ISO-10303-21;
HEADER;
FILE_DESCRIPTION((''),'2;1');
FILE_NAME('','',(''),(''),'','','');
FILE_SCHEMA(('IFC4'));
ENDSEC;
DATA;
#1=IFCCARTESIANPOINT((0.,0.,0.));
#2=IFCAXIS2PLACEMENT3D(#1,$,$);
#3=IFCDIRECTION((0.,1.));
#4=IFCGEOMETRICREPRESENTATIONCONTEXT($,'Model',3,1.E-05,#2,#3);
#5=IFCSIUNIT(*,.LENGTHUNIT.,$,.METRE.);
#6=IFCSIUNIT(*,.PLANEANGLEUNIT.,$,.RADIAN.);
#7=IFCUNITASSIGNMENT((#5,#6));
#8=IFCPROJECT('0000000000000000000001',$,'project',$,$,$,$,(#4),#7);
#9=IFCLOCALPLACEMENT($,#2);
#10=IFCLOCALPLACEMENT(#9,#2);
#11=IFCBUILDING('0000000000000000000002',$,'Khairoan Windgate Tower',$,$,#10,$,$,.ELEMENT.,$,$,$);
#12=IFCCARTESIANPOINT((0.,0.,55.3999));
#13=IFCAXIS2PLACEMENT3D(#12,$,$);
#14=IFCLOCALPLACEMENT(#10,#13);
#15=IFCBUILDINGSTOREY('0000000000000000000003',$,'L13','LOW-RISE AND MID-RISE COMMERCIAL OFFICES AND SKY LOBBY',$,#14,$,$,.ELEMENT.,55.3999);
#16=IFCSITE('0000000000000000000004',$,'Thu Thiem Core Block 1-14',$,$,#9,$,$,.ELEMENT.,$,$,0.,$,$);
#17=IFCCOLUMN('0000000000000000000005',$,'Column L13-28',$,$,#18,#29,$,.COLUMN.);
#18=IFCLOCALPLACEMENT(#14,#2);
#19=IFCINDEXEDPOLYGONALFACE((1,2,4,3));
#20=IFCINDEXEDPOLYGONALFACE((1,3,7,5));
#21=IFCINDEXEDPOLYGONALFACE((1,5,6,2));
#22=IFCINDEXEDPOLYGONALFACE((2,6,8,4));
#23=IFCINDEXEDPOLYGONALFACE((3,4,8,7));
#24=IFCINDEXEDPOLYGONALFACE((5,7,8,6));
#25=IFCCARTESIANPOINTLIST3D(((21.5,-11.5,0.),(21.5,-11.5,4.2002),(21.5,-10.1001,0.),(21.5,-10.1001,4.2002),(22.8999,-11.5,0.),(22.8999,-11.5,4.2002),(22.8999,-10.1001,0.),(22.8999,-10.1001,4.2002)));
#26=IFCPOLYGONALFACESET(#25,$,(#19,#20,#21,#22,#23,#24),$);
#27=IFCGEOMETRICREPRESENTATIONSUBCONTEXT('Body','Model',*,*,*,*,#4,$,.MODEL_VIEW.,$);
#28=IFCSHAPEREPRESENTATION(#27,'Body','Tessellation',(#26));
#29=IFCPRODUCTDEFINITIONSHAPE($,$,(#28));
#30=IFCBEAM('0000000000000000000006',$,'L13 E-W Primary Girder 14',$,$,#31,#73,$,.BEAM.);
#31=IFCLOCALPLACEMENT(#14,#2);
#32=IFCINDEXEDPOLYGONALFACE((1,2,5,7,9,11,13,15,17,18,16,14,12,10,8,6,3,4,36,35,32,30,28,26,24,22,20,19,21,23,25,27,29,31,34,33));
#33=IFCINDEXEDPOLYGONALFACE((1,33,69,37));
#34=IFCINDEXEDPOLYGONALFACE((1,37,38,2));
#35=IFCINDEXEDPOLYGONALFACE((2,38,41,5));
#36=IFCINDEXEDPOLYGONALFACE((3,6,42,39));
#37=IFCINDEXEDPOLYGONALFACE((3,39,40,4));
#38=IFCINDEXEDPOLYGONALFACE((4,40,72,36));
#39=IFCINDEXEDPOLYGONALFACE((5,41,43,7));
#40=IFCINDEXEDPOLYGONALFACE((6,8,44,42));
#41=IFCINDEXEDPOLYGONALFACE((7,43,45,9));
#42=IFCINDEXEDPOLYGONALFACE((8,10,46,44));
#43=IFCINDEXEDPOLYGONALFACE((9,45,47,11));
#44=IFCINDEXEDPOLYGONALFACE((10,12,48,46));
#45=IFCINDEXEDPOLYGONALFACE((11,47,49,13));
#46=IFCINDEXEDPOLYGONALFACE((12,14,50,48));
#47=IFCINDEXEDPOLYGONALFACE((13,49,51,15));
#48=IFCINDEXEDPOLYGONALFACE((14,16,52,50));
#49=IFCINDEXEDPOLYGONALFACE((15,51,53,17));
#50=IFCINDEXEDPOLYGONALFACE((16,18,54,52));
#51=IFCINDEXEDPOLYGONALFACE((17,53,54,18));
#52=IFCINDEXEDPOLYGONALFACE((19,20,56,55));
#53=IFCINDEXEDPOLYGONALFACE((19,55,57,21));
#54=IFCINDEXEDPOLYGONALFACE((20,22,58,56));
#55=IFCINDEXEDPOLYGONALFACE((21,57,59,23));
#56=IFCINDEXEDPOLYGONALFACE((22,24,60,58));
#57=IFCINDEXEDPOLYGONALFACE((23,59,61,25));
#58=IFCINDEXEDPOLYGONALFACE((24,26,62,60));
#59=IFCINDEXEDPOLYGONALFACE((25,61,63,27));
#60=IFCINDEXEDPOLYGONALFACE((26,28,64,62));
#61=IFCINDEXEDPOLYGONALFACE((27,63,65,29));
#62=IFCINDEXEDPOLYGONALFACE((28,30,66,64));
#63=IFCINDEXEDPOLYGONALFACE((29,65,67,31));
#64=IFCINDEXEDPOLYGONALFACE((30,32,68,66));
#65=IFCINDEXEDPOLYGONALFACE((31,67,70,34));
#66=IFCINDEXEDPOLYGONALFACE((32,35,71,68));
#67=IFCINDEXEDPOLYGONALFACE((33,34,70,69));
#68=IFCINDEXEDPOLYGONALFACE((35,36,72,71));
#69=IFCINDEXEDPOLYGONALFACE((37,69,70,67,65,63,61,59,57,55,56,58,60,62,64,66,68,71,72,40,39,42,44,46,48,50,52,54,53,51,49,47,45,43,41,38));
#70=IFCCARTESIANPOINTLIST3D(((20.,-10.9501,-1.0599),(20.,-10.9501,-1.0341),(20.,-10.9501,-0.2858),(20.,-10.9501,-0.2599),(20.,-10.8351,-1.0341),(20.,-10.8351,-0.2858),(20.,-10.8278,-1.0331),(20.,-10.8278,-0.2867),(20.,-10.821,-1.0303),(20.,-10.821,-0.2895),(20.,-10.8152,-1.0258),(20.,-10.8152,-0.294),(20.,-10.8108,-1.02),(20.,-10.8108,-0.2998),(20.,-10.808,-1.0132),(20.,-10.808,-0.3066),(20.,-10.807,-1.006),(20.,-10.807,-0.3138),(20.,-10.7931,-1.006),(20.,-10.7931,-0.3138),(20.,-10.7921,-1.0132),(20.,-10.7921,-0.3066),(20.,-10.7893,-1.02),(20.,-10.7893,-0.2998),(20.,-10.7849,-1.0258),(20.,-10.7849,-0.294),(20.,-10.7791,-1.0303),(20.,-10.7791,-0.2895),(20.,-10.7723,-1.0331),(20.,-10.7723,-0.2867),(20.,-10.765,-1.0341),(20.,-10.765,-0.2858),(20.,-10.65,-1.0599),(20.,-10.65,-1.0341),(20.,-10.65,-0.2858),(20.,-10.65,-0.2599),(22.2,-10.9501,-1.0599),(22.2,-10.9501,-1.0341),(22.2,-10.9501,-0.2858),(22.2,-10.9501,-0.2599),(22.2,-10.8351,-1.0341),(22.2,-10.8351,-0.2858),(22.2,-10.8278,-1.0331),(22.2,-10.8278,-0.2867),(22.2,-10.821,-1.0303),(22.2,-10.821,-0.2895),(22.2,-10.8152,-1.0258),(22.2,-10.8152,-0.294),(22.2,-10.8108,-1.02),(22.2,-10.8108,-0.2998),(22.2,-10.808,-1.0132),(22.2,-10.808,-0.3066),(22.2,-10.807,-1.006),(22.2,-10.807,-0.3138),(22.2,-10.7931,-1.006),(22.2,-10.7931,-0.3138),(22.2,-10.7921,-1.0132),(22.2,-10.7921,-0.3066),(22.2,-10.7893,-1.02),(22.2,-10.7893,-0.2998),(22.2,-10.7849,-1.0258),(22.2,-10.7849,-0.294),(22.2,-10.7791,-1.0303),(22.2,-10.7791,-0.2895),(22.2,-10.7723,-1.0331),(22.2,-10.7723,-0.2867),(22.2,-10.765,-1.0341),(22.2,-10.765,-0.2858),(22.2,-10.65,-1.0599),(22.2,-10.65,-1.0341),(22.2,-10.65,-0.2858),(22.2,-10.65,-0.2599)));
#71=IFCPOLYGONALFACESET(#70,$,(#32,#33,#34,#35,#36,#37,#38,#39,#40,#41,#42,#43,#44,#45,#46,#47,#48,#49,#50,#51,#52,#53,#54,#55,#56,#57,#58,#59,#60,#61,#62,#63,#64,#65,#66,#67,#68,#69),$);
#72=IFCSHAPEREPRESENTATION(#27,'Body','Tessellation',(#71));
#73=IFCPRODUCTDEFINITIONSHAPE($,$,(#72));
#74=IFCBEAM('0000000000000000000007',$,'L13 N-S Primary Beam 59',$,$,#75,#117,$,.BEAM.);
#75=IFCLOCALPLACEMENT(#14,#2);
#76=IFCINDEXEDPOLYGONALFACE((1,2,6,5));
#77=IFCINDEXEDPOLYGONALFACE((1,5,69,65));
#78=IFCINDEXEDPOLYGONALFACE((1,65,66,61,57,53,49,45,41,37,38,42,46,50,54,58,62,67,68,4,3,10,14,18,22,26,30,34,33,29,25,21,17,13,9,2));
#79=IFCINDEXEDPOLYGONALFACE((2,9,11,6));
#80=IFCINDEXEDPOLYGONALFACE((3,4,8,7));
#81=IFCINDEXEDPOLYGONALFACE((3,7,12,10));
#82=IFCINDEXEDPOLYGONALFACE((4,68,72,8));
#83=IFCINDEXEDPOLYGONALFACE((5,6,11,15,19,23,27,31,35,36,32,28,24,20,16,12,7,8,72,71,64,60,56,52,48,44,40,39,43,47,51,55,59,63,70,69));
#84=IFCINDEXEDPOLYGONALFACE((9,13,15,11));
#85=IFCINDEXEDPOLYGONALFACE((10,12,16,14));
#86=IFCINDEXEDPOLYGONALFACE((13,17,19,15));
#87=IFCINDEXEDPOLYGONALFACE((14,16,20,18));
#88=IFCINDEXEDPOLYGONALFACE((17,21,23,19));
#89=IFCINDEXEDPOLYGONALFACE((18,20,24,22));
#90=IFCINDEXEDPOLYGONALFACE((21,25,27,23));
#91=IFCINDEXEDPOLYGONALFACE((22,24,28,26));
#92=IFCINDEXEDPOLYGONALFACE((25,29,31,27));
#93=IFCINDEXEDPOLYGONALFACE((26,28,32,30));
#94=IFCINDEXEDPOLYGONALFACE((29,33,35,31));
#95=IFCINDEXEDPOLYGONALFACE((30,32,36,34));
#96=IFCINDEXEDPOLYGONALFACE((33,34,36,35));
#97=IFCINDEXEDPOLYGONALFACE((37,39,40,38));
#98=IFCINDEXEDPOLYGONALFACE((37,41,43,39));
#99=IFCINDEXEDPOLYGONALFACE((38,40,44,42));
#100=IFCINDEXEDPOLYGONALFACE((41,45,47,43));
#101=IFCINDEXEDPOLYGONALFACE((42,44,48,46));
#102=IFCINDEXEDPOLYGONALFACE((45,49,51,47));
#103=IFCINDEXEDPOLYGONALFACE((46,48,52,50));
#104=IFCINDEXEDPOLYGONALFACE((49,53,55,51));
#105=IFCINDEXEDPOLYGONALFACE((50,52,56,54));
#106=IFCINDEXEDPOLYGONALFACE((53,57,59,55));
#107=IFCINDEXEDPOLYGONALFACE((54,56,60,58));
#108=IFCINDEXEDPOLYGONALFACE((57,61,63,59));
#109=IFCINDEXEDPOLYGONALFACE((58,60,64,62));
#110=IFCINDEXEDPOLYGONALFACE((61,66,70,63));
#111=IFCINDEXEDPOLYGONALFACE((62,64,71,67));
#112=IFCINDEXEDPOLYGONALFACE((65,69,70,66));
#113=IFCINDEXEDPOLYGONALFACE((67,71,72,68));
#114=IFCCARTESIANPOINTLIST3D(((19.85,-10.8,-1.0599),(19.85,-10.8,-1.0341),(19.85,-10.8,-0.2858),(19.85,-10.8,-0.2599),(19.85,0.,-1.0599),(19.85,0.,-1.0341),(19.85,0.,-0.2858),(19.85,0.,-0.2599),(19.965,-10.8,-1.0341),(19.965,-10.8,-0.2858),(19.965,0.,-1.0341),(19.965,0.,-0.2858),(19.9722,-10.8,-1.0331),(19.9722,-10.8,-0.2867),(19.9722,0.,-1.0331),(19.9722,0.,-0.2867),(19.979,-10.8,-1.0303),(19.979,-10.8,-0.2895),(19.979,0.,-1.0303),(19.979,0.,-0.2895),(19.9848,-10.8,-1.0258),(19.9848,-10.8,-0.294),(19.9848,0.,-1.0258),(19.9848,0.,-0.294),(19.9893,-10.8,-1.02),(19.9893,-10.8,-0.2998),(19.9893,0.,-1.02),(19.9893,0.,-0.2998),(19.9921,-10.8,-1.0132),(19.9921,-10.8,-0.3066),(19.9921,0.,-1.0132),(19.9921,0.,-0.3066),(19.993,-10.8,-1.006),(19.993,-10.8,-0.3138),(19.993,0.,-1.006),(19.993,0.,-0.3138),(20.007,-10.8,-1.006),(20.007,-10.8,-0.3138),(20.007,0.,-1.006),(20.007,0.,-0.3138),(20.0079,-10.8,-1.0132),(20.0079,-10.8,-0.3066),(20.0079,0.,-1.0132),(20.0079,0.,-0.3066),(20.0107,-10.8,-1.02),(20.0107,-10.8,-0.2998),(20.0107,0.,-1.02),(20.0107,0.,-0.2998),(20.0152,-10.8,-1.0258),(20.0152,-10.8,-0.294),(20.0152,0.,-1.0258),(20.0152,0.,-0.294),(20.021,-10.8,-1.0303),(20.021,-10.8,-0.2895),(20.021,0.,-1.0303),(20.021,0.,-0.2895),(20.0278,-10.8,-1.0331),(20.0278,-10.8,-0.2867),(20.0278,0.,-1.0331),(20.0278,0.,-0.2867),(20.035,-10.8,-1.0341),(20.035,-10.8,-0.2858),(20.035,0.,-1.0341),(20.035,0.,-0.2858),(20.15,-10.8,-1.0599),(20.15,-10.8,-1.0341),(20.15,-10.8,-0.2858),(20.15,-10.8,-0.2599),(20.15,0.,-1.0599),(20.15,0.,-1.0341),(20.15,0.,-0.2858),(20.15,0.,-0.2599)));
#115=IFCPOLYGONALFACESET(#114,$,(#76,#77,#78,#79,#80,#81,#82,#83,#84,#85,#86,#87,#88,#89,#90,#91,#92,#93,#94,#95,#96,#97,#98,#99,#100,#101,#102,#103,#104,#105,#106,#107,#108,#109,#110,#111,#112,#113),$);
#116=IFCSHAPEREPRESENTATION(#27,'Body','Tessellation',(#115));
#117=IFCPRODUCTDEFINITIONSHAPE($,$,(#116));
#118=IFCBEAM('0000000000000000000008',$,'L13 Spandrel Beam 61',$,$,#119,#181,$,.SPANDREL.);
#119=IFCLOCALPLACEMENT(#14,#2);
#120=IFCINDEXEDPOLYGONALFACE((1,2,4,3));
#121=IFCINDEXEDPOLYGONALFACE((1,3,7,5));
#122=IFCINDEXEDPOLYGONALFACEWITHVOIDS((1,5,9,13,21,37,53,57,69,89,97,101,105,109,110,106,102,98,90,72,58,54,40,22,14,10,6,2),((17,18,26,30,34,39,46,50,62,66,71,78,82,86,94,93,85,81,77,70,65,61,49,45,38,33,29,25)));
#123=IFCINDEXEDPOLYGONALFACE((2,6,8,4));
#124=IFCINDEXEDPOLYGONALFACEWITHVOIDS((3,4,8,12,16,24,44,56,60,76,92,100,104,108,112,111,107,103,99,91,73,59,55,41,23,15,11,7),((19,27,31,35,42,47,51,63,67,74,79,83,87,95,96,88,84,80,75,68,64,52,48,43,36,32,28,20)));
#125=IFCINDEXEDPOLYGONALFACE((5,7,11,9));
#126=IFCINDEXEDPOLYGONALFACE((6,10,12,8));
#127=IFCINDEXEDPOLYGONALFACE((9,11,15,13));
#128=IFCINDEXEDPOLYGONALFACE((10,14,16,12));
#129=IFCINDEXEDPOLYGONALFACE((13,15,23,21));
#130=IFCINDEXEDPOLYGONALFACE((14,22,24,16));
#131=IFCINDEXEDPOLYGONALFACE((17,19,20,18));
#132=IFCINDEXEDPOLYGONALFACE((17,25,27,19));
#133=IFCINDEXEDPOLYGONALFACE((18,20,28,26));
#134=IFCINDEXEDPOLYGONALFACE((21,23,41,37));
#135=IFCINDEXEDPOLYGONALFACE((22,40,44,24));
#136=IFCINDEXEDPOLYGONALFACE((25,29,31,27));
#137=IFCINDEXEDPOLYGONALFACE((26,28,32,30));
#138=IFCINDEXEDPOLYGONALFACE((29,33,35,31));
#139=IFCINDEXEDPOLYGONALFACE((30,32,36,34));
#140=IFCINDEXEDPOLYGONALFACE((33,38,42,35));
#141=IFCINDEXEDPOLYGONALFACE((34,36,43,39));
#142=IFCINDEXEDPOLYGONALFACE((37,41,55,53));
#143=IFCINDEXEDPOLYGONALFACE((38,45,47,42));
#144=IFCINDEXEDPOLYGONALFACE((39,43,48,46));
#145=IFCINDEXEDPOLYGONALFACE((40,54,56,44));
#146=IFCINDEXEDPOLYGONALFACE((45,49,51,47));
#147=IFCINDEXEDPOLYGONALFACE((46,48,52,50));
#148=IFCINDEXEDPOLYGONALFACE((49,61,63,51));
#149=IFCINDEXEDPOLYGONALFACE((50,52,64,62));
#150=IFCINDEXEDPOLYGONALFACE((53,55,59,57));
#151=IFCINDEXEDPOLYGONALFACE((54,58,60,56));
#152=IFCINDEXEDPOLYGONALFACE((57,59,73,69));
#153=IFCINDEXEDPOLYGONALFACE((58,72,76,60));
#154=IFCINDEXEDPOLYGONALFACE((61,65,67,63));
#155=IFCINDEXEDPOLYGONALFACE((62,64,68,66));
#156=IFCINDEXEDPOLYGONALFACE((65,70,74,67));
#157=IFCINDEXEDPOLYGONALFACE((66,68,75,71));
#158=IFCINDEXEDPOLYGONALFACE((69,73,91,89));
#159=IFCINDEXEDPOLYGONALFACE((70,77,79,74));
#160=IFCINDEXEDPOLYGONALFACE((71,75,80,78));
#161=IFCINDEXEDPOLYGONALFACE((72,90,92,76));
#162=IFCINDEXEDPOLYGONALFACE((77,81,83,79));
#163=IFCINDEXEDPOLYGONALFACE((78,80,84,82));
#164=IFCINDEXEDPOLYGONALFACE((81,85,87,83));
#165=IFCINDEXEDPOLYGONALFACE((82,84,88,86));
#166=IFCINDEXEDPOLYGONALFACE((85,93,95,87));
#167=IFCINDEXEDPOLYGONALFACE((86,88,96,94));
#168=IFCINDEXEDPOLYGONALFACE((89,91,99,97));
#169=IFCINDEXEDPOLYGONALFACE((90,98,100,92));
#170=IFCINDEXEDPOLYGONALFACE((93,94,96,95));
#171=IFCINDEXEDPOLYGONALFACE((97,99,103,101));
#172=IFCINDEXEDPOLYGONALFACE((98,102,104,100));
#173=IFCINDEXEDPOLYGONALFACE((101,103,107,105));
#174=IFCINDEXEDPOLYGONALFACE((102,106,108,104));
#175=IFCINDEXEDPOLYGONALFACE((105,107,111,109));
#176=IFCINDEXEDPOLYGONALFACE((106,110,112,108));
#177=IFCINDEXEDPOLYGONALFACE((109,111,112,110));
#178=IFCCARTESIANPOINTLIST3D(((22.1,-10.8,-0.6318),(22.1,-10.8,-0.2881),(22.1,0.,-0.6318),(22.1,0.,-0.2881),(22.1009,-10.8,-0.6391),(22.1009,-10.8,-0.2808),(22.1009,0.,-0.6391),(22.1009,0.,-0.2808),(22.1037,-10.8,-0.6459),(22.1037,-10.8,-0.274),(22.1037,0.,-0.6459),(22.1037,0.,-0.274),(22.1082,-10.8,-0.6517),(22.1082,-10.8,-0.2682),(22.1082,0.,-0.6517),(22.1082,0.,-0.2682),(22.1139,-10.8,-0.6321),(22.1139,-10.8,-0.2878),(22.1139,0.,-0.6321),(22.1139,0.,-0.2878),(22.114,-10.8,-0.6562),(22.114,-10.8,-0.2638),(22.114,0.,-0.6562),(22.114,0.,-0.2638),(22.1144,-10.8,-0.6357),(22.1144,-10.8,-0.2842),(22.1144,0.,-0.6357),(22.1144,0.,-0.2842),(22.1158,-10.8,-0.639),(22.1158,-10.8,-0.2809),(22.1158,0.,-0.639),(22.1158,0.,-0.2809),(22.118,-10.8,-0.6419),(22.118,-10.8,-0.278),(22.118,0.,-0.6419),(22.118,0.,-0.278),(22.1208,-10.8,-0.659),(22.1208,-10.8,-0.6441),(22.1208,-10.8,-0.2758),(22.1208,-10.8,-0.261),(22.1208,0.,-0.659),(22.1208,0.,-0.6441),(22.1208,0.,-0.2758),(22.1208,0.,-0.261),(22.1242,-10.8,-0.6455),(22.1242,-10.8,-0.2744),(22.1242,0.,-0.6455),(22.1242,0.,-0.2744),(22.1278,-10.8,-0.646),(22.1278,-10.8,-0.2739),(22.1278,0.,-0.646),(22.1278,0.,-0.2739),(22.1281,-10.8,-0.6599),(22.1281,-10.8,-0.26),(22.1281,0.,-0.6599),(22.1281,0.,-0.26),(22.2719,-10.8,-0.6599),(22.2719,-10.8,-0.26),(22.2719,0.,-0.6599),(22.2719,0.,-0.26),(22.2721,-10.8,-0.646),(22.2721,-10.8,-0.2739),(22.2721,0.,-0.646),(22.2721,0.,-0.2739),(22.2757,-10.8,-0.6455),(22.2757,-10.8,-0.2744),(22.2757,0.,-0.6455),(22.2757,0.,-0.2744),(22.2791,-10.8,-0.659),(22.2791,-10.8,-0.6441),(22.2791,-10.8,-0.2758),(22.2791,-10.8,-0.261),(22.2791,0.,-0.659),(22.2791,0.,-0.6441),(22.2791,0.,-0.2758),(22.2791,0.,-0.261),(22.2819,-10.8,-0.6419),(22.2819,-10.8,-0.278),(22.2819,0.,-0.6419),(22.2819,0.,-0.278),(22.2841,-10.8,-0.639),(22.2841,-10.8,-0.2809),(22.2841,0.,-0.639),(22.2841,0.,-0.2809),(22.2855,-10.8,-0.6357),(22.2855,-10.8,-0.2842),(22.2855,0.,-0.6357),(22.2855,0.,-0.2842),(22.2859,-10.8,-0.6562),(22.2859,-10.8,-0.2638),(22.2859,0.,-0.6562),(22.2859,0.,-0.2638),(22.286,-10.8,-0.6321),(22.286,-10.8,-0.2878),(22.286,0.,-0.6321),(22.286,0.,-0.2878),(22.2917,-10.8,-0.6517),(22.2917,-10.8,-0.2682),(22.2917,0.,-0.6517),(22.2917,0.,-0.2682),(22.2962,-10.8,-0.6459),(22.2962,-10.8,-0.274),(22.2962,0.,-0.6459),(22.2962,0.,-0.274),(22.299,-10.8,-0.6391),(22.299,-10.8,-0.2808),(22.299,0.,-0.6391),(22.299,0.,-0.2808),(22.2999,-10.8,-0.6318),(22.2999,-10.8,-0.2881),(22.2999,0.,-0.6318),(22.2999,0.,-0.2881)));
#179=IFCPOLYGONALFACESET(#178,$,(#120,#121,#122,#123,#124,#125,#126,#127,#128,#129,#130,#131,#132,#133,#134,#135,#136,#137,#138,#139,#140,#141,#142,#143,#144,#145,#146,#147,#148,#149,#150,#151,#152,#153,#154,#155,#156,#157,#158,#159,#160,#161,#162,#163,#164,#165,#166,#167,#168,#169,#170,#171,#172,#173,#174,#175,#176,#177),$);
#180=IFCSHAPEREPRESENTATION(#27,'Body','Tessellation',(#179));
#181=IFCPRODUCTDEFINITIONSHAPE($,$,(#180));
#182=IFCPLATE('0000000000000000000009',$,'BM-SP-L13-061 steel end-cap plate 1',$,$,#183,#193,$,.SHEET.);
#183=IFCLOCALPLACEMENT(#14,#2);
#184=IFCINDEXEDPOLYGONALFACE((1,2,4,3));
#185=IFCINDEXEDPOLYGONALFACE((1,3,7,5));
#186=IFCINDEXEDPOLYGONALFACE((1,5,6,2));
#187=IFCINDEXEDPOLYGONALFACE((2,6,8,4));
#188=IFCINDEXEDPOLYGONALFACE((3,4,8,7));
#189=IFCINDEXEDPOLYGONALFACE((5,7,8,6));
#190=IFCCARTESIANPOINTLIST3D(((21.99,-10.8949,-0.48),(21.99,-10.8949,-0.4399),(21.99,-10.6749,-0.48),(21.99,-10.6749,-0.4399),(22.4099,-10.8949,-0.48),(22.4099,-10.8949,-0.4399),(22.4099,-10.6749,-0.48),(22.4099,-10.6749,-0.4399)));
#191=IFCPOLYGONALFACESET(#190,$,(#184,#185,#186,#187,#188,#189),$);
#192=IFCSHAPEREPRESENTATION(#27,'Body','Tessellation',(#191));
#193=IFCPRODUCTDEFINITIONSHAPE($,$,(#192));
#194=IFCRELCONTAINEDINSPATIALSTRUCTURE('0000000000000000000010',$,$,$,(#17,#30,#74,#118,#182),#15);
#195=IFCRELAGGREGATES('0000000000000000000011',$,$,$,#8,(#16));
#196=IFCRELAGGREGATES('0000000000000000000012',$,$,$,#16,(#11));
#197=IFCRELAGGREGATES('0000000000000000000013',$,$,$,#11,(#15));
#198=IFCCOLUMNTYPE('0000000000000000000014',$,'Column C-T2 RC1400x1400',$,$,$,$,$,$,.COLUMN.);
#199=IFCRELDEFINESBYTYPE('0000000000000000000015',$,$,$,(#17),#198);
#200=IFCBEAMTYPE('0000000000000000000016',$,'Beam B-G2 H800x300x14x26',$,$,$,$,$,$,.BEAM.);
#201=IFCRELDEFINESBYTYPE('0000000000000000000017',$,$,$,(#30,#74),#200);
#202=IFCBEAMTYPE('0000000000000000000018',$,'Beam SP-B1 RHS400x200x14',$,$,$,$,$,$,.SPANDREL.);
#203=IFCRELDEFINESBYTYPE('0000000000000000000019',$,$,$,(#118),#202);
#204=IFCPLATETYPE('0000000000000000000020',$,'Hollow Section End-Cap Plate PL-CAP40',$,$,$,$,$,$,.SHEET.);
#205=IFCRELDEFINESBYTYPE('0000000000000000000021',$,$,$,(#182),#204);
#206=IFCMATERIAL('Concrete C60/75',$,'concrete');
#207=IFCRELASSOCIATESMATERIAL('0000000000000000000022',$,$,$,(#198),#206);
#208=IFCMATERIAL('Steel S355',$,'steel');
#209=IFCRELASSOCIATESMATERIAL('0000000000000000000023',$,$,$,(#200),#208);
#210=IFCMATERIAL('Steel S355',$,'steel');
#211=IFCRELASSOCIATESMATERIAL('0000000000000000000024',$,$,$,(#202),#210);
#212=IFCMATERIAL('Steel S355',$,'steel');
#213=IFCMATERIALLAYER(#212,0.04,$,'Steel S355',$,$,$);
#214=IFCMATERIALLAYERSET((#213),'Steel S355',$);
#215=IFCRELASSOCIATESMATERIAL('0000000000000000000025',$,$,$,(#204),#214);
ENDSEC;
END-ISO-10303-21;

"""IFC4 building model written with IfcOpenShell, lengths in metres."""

from ifc_helpers import new_model, si_unit, direction, frame, origin, origin_2d, place, context, subcontext, project, spatial, rectangle, hollow_rectangle, i_section, extrude, material, layer, layer_set, material_profile, profile_set, type_object, element, save


model = new_model("IFC4")

# Units and contexts
model_context = context("Model", 3, precision=1e-05, world=origin(), true_north=direction((0.0, 1.0)))
body_context = subcontext(model_context, "Body", "Model", "MODEL_VIEW")
ifc_project = project(units=[si_unit("LENGTHUNIT", "METRE"), si_unit("PLANEANGLEUNIT", "RADIAN")], contexts=[model_context])

# Site, building, storey
site_placement = place(None, origin())
site = spatial("IfcSite", under=ifc_project, at=site_placement, Name="Thu Thiem Core Block 1-14", CompositionType="ELEMENT", RefElevation=0.0)
building_placement = place(site_placement, origin())
building = spatial("IfcBuilding", under=site, at=building_placement, Name="Khairoan Windgate Tower", CompositionType="ELEMENT")
storey_placement = place(building_placement, frame((0.0, 0.0, 55.3999)))
storey = spatial("IfcBuildingStorey", under=building, at=storey_placement, Name="L13", Description="LOW-RISE AND MID-RISE COMMERCIAL OFFICES AND SKY LOBBY", CompositionType="ELEMENT", Elevation=55.3999)

# Column
ifc_material_1 = material(Name="Concrete C60/75", Category="concrete")
ifc_material_profile_1 = material_profile(ifc_material_1, rectangle(XDim=1.3999, YDim=1.3999, at=origin_2d()))
ifc_profile_set_1 = profile_set([ifc_material_profile_1], Name="Concrete C60/75")
column_type = type_object("IfcColumnType", Name="Column C-T2 RC1400x1400", PredefinedType="COLUMN", material=ifc_profile_set_1)
column_placement = place(storey_placement, frame((22.2, -10.8, 0.0), z_axis=(0.0, 0.0, 1.0), x_axis=(1.0, 0.0, 0.0)))
element("IfcColumn", 1, at=column_placement, inside=storey, type_object=column_type, Name="Column L13-28", PredefinedType="COLUMN", context=body_context, shape_type="SweptSolid", body=[
    extrude(rectangle(XDim=1.3999, YDim=1.3999, at=origin_2d()), origin(), (0.0, 0.0, 1.0), 4.2002),
])

# Beams
ifc_material_2 = material(Name="Steel S355", Category="steel")
ifc_material_profile_2 = material_profile(ifc_material_2, i_section(OverallWidth=0.3, OverallDepth=0.8, WebThickness=0.0139, FlangeThickness=0.0259, FilletRadius=0.0281, at=origin_2d()))
ifc_profile_set_2 = profile_set([ifc_material_profile_2], Name="Steel S355")
beam_type_1 = type_object("IfcBeamType", Name="Beam B-G2 H800x300x14x26", PredefinedType="BEAM", material=ifc_profile_set_2)
beam_1_placement = place(storey_placement, frame((20.0, -10.8, -0.6599), z_axis=(1.0, 0.0, 0.0), x_axis=(0.0, 1.0, 0.0)))
element("IfcBeam", 2, at=beam_1_placement, inside=storey, type_object=beam_type_1, Name="L13 E-W Primary Girder 14", PredefinedType="BEAM", context=body_context, shape_type="SweptSolid", body=[
    extrude(i_section(OverallWidth=0.3, OverallDepth=0.8, WebThickness=0.0139, FlangeThickness=0.0259, FilletRadius=0.0281, at=origin_2d()), origin(), (0.0, 0.0, 1.0), 2.2),
])
beam_2_placement = place(storey_placement, frame((20.0, -10.8, -0.6599), z_axis=(0.0, 1.0, 0.0), x_axis=(-1.0, 0.0, 0.0)))
element("IfcBeam", 3, at=beam_2_placement, inside=storey, type_object=beam_type_1, Name="L13 N-S Primary Beam 59", PredefinedType="BEAM", context=body_context, shape_type="SweptSolid", body=[
    extrude(i_section(OverallWidth=0.3, OverallDepth=0.8, WebThickness=0.0139, FlangeThickness=0.0259, FilletRadius=0.0281, at=origin_2d()), origin(), (0.0, 0.0, 1.0), 10.8),
])
ifc_material_3 = material(Name="Steel S355", Category="steel")
ifc_material_profile_3 = material_profile(ifc_material_3, hollow_rectangle(XDim=0.2, YDim=0.3999, WallThickness=0.0139, InnerFilletRadius=0.0139, OuterFilletRadius=0.0281, at=origin_2d()))
ifc_profile_set_3 = profile_set([ifc_material_profile_3], Name="Steel S355")
beam_type_2 = type_object("IfcBeamType", Name="Beam SP-B1 RHS400x200x14", PredefinedType="SPANDREL", material=ifc_profile_set_3)
beam_3_placement = place(storey_placement, frame((22.2, -10.8, -0.46), z_axis=(0.0, 1.0, 0.0), x_axis=(-1.0, 0.0, 0.0)))
element("IfcBeam", 4, at=beam_3_placement, inside=storey, type_object=beam_type_2, Name="L13 Spandrel Beam 61", PredefinedType="SPANDREL", context=body_context, shape_type="SweptSolid", body=[
    extrude(hollow_rectangle(XDim=0.2, YDim=0.3999, WallThickness=0.0139, InnerFilletRadius=0.0139, OuterFilletRadius=0.0281, at=origin_2d()), origin(), (0.0, 0.0, 1.0), 10.8),
])

# Plate
ifc_material_4 = material(Name="Steel S355", Category="steel")
ifc_layer_1 = layer(ifc_material_4, 0.04, Name="Steel S355")
ifc_layer_set_1 = layer_set([ifc_layer_1], Name="Steel S355")
plate_type = type_object("IfcPlateType", Name="Hollow Section End-Cap Plate PL-CAP40", PredefinedType="SHEET", material=ifc_layer_set_1)
for number, where, z_axis, x_axis, name in (
    (5, (22.2, -10.7849, -0.48), (0.0, 0.0, 1.0), (0.0, 1.0, 0.0), "BM-SP-L13-061 steel end-cap plate 1"),
):
    element("IfcPlate", number, at=place(storey_placement, frame(where, z_axis=z_axis, x_axis=x_axis)), inside=storey, type_object=plate_type, Name=name, PredefinedType="SHEET", context=body_context, shape_type="SweptSolid", body=[
        extrude(rectangle(XDim=0.22, YDim=0.4199, at=origin_2d()), origin(), (0.0, 0.0, 1.0), 0.04),
    ])

save(model, "model.ifc")
